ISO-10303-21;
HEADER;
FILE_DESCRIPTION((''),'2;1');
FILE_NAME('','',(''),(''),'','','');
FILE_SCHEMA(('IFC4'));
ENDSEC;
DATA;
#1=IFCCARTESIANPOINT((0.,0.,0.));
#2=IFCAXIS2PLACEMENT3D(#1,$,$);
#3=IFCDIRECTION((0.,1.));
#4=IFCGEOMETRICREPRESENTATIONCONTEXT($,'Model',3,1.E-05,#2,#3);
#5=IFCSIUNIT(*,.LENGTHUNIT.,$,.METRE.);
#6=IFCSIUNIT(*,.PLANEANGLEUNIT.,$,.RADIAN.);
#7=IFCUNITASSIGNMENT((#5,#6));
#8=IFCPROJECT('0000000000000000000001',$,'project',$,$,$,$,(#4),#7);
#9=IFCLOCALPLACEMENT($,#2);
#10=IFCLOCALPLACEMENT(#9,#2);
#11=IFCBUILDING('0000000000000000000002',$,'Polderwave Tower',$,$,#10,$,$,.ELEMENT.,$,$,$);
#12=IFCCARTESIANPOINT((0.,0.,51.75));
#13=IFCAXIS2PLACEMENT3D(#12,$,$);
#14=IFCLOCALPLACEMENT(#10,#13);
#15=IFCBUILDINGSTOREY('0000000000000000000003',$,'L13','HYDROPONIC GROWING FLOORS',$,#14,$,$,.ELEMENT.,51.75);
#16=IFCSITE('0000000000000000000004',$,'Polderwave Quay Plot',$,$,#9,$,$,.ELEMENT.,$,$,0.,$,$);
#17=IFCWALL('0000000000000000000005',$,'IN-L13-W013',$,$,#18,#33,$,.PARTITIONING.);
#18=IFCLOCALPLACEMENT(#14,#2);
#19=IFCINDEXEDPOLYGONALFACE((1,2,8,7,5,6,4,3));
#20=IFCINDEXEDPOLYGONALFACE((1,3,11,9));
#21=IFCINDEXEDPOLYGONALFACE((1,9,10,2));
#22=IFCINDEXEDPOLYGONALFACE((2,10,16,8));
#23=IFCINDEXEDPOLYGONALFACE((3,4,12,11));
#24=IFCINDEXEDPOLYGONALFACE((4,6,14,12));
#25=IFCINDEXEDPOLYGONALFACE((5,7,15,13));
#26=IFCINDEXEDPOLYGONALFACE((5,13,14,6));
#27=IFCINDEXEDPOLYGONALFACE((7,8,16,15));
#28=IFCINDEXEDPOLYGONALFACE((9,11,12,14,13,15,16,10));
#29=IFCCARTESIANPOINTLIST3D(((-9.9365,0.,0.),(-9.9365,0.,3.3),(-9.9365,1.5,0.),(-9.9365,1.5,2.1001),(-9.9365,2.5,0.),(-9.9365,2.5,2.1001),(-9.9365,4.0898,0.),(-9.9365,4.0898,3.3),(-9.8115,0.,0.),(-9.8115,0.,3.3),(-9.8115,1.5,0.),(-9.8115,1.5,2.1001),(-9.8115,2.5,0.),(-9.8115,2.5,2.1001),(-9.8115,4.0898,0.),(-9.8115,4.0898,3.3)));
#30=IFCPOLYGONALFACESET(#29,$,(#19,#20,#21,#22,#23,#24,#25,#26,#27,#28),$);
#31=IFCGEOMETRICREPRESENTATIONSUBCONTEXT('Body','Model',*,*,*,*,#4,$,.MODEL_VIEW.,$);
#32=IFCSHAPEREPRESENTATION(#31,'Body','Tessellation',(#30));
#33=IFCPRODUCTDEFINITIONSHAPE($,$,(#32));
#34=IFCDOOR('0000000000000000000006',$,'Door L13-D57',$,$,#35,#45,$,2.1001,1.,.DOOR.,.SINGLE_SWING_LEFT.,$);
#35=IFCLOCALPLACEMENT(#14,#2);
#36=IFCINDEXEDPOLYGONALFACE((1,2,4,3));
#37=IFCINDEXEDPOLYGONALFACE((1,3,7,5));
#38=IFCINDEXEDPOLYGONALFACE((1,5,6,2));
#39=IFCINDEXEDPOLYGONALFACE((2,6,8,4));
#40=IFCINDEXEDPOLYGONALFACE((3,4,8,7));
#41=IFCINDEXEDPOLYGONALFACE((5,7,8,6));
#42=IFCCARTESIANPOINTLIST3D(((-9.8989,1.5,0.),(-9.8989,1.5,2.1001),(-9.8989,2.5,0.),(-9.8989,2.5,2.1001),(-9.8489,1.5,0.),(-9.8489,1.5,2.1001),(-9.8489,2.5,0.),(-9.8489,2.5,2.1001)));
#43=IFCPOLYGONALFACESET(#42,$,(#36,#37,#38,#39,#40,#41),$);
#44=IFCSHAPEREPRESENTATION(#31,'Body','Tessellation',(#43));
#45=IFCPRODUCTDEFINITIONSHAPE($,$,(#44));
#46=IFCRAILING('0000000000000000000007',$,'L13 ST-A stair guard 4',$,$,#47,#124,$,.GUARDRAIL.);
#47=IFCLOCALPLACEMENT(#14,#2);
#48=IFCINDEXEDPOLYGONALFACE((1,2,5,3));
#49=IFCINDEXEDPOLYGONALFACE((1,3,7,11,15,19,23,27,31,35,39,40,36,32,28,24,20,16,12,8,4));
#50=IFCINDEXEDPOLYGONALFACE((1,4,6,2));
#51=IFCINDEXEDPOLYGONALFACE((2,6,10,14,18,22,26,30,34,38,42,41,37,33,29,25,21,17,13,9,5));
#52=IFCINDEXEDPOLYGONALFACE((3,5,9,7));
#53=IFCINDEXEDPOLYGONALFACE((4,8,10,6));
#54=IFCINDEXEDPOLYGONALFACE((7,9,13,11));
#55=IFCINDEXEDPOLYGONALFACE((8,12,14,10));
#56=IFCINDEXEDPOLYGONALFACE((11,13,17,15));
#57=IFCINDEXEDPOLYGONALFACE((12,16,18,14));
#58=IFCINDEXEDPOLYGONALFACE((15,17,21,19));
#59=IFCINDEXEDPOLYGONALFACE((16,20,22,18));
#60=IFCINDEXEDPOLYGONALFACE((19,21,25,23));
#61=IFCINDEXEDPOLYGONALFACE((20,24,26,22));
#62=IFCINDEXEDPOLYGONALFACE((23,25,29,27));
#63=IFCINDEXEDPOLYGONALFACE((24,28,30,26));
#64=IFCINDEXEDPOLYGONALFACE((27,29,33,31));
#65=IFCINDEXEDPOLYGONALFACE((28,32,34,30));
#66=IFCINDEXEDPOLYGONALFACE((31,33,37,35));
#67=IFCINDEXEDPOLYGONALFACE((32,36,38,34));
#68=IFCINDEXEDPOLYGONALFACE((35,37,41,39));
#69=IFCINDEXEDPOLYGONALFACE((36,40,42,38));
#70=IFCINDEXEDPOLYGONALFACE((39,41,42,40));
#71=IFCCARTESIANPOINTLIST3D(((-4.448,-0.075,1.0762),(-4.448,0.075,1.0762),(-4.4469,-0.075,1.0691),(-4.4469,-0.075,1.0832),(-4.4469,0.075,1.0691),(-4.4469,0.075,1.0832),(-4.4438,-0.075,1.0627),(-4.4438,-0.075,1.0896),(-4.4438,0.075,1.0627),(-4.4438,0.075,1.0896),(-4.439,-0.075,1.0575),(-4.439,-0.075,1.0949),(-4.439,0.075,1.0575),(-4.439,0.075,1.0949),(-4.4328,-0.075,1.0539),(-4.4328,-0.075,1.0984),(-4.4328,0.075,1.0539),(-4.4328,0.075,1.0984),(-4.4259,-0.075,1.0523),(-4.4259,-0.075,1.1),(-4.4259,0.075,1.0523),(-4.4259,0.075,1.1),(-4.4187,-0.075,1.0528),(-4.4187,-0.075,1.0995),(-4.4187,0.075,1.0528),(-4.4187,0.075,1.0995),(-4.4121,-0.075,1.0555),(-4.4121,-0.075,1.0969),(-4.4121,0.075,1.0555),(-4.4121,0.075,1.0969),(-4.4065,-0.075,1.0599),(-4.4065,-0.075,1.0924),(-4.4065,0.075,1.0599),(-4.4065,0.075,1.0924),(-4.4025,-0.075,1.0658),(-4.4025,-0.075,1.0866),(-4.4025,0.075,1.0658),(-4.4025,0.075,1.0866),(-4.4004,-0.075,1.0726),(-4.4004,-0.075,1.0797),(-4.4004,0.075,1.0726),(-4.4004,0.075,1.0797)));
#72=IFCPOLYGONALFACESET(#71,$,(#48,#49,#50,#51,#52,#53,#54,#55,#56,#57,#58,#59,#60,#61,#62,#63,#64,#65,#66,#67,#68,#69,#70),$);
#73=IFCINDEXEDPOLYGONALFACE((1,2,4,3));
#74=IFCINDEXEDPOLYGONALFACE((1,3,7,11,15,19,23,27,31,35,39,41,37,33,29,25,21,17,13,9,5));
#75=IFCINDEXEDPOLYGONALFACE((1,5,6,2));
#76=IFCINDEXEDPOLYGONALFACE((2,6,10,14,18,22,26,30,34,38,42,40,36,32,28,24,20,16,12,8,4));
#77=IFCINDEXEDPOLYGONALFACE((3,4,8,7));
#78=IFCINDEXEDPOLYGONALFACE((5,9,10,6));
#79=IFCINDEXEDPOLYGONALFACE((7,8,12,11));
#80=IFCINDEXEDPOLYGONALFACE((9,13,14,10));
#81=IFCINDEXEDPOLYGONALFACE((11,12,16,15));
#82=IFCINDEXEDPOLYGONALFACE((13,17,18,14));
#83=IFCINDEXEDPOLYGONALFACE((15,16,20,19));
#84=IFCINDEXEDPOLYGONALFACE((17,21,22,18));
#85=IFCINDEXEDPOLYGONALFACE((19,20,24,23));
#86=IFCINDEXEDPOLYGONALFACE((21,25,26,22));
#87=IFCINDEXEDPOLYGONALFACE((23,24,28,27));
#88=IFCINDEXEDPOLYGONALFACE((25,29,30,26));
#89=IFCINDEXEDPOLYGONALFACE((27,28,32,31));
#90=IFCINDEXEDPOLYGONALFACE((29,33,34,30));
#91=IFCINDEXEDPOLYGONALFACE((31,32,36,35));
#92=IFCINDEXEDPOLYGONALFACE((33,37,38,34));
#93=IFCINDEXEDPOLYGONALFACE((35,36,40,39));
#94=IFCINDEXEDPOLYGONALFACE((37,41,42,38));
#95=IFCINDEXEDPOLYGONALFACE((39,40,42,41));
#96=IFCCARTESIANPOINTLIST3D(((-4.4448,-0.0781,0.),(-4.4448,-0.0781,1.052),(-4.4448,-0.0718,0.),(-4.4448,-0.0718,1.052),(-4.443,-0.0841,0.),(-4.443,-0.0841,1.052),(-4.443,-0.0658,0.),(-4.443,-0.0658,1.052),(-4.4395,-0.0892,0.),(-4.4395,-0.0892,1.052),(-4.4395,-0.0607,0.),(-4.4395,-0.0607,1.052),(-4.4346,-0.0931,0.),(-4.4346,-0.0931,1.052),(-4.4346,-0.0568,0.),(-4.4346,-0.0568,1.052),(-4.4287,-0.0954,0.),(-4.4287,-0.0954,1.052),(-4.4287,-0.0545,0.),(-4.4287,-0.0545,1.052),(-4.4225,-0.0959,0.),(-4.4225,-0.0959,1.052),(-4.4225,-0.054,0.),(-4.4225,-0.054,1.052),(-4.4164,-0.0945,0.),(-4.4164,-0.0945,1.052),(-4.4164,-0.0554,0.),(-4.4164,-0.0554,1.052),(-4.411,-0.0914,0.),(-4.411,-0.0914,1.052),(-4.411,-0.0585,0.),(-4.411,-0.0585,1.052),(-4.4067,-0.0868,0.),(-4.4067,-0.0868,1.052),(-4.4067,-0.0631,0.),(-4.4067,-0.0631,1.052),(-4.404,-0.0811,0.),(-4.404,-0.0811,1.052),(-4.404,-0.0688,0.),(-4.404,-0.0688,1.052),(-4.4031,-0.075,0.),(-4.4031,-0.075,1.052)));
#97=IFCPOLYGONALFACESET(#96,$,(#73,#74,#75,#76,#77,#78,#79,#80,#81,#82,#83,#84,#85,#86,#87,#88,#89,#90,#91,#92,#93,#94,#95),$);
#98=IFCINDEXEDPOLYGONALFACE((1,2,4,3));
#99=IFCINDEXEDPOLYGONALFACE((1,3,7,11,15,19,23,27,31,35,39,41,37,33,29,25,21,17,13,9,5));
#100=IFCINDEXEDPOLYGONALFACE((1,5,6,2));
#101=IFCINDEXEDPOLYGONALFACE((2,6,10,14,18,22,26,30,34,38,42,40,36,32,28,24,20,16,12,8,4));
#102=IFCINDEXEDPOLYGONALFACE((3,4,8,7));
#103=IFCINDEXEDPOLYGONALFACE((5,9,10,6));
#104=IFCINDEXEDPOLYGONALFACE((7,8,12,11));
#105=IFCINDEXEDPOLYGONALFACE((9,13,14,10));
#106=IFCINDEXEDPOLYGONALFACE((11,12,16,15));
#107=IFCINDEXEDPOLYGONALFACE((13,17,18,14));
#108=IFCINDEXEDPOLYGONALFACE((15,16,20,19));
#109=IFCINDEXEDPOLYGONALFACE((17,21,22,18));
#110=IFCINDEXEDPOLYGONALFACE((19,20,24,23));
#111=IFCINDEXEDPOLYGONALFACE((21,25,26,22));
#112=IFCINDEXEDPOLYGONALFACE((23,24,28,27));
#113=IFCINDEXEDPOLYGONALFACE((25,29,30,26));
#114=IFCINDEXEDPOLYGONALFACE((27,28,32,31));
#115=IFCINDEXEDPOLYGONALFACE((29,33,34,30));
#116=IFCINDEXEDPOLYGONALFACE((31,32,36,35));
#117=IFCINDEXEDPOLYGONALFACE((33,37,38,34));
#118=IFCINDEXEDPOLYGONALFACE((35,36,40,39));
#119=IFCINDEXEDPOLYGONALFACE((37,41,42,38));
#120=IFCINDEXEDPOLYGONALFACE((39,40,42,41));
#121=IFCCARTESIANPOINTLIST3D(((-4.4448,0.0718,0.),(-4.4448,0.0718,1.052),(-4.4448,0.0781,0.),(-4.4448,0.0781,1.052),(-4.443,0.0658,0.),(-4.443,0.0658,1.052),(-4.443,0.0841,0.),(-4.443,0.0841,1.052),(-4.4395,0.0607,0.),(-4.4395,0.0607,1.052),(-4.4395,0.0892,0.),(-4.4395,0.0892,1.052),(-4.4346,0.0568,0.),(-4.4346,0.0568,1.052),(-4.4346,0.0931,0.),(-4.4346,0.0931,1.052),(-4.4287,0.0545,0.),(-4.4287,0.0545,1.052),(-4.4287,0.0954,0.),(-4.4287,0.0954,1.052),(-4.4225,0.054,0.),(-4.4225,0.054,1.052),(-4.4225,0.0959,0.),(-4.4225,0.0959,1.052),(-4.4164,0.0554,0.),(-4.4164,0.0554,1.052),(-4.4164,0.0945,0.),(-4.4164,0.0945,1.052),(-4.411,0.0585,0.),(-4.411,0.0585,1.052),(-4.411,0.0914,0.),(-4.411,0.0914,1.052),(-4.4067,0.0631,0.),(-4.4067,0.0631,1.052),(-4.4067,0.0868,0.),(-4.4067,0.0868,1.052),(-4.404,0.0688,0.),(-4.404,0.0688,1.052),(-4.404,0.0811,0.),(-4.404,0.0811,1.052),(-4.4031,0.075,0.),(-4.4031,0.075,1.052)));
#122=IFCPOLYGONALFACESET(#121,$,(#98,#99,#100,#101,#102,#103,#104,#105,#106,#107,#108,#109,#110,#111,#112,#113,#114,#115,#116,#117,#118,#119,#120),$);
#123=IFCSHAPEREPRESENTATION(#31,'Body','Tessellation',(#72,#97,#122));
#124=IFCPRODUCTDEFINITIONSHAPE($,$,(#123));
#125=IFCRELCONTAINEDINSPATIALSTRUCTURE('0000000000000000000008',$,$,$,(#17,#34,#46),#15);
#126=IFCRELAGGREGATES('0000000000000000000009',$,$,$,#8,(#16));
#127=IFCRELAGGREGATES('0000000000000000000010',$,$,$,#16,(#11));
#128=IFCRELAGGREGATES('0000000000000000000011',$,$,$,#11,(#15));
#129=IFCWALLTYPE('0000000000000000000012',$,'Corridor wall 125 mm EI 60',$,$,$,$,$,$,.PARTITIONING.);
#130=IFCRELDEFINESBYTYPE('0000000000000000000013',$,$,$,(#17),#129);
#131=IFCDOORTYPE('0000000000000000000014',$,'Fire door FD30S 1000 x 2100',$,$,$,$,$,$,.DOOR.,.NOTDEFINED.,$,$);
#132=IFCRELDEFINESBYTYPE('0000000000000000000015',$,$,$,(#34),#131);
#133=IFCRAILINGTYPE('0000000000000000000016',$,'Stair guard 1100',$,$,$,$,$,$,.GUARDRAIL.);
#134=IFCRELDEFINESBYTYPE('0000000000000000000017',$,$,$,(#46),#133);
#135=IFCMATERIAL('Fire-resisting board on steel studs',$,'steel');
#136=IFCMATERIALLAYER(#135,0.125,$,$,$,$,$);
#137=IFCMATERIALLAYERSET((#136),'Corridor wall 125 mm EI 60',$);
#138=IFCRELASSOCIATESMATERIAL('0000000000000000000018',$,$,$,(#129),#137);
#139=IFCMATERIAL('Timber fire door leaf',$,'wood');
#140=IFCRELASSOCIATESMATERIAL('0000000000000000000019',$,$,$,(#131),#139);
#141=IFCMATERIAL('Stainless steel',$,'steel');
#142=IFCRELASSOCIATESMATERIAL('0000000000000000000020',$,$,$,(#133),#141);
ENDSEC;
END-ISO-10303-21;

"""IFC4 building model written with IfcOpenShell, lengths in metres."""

from ifc_helpers import new_model, si_unit, direction, frame, frame_2d, origin, origin_2d, place, context, subcontext, project, spatial, rectangle, circle, extrude, material, layer, layer_set, type_object, element, fill, save


model = new_model("IFC4")

# Units and contexts
model_context = context("Model", 3, precision=1e-05, world=origin(), true_north=direction((0.0, 1.0)))
body_context = subcontext(model_context, "Body", "Model", "MODEL_VIEW")
ifc_project = project(units=[si_unit("LENGTHUNIT", "METRE"), si_unit("PLANEANGLEUNIT", "RADIAN")], contexts=[model_context])

# Site, building, storey
site_placement = place(None, origin())
site = spatial("IfcSite", under=ifc_project, at=site_placement, Name="Polderwave Quay Plot", CompositionType="ELEMENT", RefElevation=0.0)
building_placement = place(site_placement, origin())
building = spatial("IfcBuilding", under=site, at=building_placement, Name="Polderwave Tower", CompositionType="ELEMENT")
storey_placement = place(building_placement, frame((0.0, 0.0, 51.75)))
storey = spatial("IfcBuildingStorey", under=building, at=storey_placement, Name="L13", Description="HYDROPONIC GROWING FLOORS", CompositionType="ELEMENT", Elevation=51.75)

# Shared definitions
ifc_material_1 = material(Name="Stainless steel", Category="steel")

# Wall, opening, door
ifc_material_2 = material(Name="Fire-resisting board on steel studs", Category="steel")
ifc_layer_1 = layer(ifc_material_2, 0.125)
ifc_layer_set_1 = layer_set([ifc_layer_1], Name="Corridor wall 125 mm EI 60")
wall_type_1 = type_object("IfcWallType", Name="Corridor wall 125 mm EI 60", PredefinedType="PARTITIONING", material=ifc_layer_set_1)
wall_1_placement = place(storey_placement, frame((-9.874, 0.0, 0.0), z_axis=(0.0, 0.0, 1.0), x_axis=(0.0, 1.0, 0.0)))
wall_1 = element("IfcWall", 1, at=wall_1_placement, inside=storey, type_object=wall_type_1, Name="IN-L13-W013", PredefinedType="PARTITIONING", context=body_context, shape_type="SweptSolid", body=[
    extrude(rectangle(XDim=4.0898, YDim=0.125, at=frame_2d((2.0449, 0.0))), origin(), (0.0, 0.0, 1.0), 3.3),
])
opening_1_placement = place(wall_1_placement, frame((1.5, 0.0, 0.0)))
opening_1 = element("IfcOpeningElement", 2, at=opening_1_placement, cuts=wall_1, PredefinedType="OPENING", context=body_context, shape_type="SweptSolid", body=[
    extrude(rectangle(XDim=1.0, YDim=2.1001, at=frame_2d((0.5, 1.05))), frame((0.0, 0.0725, 0.0), z_axis=(0.0, -1.0, 0.0), x_axis=(1.0, 0.0, 0.0)), (0.0, 0.0, 1.0), 0.145),
])
ifc_material_3 = material(Name="Timber fire door leaf", Category="wood")
door_type_1 = type_object("IfcDoorType", Name="Fire door FD30S 1000 x 2100", OperationType="NOTDEFINED", PredefinedType="DOOR", material=ifc_material_3)
door_1_placement = place(opening_1_placement, origin())
door_1 = element("IfcDoor", 3, at=door_1_placement, inside=storey, type_object=door_type_1, Name="Door L13-D57", OperationType="SINGLE_SWING_LEFT", OverallHeight=2.1001, OverallWidth=1.0, PredefinedType="DOOR", context=body_context, shape_type="SweptSolid", body=[
    extrude(rectangle(XDim=1.0, YDim=2.1001, at=frame_2d((0.5, 1.05))), frame((0.0, 0.0249, 0.0), z_axis=(0.0, -1.0, 0.0), x_axis=(1.0, 0.0, 0.0)), (0.0, 0.0, 1.0), 0.05),
])
fill(opening_1, door_1)

# Railing
railing_type_1 = type_object("IfcRailingType", Name="Stair guard 1100", PredefinedType="GUARDRAIL", material=ifc_material_1)
railing_1_placement = place(storey_placement, frame((-4.4241, -0.075, 0.0)))
element("IfcRailing", 4, at=railing_1_placement, inside=storey, type_object=railing_type_1, Name="L13 ST-A stair guard 4", PredefinedType="GUARDRAIL", context=body_context, shape_type="SweptSolid", body=[
    extrude(circle(Radius=0.0239, at=origin_2d()), frame((0.0, 0.0, 1.0762), z_axis=(0.0, 1.0, 0.0), x_axis=(-1.0, 0.0, 0.0)), (0.0, 0.0, 1.0), 0.1499),
    extrude(circle(Radius=0.021, at=origin_2d()), origin(), (0.0, 0.0, 1.0), 1.052),
    extrude(circle(Radius=0.021, at=origin_2d()), frame((0.0, 0.1499, 0.0)), (0.0, 0.0, 1.0), 1.052),
])

save(model, "model.ifc")
